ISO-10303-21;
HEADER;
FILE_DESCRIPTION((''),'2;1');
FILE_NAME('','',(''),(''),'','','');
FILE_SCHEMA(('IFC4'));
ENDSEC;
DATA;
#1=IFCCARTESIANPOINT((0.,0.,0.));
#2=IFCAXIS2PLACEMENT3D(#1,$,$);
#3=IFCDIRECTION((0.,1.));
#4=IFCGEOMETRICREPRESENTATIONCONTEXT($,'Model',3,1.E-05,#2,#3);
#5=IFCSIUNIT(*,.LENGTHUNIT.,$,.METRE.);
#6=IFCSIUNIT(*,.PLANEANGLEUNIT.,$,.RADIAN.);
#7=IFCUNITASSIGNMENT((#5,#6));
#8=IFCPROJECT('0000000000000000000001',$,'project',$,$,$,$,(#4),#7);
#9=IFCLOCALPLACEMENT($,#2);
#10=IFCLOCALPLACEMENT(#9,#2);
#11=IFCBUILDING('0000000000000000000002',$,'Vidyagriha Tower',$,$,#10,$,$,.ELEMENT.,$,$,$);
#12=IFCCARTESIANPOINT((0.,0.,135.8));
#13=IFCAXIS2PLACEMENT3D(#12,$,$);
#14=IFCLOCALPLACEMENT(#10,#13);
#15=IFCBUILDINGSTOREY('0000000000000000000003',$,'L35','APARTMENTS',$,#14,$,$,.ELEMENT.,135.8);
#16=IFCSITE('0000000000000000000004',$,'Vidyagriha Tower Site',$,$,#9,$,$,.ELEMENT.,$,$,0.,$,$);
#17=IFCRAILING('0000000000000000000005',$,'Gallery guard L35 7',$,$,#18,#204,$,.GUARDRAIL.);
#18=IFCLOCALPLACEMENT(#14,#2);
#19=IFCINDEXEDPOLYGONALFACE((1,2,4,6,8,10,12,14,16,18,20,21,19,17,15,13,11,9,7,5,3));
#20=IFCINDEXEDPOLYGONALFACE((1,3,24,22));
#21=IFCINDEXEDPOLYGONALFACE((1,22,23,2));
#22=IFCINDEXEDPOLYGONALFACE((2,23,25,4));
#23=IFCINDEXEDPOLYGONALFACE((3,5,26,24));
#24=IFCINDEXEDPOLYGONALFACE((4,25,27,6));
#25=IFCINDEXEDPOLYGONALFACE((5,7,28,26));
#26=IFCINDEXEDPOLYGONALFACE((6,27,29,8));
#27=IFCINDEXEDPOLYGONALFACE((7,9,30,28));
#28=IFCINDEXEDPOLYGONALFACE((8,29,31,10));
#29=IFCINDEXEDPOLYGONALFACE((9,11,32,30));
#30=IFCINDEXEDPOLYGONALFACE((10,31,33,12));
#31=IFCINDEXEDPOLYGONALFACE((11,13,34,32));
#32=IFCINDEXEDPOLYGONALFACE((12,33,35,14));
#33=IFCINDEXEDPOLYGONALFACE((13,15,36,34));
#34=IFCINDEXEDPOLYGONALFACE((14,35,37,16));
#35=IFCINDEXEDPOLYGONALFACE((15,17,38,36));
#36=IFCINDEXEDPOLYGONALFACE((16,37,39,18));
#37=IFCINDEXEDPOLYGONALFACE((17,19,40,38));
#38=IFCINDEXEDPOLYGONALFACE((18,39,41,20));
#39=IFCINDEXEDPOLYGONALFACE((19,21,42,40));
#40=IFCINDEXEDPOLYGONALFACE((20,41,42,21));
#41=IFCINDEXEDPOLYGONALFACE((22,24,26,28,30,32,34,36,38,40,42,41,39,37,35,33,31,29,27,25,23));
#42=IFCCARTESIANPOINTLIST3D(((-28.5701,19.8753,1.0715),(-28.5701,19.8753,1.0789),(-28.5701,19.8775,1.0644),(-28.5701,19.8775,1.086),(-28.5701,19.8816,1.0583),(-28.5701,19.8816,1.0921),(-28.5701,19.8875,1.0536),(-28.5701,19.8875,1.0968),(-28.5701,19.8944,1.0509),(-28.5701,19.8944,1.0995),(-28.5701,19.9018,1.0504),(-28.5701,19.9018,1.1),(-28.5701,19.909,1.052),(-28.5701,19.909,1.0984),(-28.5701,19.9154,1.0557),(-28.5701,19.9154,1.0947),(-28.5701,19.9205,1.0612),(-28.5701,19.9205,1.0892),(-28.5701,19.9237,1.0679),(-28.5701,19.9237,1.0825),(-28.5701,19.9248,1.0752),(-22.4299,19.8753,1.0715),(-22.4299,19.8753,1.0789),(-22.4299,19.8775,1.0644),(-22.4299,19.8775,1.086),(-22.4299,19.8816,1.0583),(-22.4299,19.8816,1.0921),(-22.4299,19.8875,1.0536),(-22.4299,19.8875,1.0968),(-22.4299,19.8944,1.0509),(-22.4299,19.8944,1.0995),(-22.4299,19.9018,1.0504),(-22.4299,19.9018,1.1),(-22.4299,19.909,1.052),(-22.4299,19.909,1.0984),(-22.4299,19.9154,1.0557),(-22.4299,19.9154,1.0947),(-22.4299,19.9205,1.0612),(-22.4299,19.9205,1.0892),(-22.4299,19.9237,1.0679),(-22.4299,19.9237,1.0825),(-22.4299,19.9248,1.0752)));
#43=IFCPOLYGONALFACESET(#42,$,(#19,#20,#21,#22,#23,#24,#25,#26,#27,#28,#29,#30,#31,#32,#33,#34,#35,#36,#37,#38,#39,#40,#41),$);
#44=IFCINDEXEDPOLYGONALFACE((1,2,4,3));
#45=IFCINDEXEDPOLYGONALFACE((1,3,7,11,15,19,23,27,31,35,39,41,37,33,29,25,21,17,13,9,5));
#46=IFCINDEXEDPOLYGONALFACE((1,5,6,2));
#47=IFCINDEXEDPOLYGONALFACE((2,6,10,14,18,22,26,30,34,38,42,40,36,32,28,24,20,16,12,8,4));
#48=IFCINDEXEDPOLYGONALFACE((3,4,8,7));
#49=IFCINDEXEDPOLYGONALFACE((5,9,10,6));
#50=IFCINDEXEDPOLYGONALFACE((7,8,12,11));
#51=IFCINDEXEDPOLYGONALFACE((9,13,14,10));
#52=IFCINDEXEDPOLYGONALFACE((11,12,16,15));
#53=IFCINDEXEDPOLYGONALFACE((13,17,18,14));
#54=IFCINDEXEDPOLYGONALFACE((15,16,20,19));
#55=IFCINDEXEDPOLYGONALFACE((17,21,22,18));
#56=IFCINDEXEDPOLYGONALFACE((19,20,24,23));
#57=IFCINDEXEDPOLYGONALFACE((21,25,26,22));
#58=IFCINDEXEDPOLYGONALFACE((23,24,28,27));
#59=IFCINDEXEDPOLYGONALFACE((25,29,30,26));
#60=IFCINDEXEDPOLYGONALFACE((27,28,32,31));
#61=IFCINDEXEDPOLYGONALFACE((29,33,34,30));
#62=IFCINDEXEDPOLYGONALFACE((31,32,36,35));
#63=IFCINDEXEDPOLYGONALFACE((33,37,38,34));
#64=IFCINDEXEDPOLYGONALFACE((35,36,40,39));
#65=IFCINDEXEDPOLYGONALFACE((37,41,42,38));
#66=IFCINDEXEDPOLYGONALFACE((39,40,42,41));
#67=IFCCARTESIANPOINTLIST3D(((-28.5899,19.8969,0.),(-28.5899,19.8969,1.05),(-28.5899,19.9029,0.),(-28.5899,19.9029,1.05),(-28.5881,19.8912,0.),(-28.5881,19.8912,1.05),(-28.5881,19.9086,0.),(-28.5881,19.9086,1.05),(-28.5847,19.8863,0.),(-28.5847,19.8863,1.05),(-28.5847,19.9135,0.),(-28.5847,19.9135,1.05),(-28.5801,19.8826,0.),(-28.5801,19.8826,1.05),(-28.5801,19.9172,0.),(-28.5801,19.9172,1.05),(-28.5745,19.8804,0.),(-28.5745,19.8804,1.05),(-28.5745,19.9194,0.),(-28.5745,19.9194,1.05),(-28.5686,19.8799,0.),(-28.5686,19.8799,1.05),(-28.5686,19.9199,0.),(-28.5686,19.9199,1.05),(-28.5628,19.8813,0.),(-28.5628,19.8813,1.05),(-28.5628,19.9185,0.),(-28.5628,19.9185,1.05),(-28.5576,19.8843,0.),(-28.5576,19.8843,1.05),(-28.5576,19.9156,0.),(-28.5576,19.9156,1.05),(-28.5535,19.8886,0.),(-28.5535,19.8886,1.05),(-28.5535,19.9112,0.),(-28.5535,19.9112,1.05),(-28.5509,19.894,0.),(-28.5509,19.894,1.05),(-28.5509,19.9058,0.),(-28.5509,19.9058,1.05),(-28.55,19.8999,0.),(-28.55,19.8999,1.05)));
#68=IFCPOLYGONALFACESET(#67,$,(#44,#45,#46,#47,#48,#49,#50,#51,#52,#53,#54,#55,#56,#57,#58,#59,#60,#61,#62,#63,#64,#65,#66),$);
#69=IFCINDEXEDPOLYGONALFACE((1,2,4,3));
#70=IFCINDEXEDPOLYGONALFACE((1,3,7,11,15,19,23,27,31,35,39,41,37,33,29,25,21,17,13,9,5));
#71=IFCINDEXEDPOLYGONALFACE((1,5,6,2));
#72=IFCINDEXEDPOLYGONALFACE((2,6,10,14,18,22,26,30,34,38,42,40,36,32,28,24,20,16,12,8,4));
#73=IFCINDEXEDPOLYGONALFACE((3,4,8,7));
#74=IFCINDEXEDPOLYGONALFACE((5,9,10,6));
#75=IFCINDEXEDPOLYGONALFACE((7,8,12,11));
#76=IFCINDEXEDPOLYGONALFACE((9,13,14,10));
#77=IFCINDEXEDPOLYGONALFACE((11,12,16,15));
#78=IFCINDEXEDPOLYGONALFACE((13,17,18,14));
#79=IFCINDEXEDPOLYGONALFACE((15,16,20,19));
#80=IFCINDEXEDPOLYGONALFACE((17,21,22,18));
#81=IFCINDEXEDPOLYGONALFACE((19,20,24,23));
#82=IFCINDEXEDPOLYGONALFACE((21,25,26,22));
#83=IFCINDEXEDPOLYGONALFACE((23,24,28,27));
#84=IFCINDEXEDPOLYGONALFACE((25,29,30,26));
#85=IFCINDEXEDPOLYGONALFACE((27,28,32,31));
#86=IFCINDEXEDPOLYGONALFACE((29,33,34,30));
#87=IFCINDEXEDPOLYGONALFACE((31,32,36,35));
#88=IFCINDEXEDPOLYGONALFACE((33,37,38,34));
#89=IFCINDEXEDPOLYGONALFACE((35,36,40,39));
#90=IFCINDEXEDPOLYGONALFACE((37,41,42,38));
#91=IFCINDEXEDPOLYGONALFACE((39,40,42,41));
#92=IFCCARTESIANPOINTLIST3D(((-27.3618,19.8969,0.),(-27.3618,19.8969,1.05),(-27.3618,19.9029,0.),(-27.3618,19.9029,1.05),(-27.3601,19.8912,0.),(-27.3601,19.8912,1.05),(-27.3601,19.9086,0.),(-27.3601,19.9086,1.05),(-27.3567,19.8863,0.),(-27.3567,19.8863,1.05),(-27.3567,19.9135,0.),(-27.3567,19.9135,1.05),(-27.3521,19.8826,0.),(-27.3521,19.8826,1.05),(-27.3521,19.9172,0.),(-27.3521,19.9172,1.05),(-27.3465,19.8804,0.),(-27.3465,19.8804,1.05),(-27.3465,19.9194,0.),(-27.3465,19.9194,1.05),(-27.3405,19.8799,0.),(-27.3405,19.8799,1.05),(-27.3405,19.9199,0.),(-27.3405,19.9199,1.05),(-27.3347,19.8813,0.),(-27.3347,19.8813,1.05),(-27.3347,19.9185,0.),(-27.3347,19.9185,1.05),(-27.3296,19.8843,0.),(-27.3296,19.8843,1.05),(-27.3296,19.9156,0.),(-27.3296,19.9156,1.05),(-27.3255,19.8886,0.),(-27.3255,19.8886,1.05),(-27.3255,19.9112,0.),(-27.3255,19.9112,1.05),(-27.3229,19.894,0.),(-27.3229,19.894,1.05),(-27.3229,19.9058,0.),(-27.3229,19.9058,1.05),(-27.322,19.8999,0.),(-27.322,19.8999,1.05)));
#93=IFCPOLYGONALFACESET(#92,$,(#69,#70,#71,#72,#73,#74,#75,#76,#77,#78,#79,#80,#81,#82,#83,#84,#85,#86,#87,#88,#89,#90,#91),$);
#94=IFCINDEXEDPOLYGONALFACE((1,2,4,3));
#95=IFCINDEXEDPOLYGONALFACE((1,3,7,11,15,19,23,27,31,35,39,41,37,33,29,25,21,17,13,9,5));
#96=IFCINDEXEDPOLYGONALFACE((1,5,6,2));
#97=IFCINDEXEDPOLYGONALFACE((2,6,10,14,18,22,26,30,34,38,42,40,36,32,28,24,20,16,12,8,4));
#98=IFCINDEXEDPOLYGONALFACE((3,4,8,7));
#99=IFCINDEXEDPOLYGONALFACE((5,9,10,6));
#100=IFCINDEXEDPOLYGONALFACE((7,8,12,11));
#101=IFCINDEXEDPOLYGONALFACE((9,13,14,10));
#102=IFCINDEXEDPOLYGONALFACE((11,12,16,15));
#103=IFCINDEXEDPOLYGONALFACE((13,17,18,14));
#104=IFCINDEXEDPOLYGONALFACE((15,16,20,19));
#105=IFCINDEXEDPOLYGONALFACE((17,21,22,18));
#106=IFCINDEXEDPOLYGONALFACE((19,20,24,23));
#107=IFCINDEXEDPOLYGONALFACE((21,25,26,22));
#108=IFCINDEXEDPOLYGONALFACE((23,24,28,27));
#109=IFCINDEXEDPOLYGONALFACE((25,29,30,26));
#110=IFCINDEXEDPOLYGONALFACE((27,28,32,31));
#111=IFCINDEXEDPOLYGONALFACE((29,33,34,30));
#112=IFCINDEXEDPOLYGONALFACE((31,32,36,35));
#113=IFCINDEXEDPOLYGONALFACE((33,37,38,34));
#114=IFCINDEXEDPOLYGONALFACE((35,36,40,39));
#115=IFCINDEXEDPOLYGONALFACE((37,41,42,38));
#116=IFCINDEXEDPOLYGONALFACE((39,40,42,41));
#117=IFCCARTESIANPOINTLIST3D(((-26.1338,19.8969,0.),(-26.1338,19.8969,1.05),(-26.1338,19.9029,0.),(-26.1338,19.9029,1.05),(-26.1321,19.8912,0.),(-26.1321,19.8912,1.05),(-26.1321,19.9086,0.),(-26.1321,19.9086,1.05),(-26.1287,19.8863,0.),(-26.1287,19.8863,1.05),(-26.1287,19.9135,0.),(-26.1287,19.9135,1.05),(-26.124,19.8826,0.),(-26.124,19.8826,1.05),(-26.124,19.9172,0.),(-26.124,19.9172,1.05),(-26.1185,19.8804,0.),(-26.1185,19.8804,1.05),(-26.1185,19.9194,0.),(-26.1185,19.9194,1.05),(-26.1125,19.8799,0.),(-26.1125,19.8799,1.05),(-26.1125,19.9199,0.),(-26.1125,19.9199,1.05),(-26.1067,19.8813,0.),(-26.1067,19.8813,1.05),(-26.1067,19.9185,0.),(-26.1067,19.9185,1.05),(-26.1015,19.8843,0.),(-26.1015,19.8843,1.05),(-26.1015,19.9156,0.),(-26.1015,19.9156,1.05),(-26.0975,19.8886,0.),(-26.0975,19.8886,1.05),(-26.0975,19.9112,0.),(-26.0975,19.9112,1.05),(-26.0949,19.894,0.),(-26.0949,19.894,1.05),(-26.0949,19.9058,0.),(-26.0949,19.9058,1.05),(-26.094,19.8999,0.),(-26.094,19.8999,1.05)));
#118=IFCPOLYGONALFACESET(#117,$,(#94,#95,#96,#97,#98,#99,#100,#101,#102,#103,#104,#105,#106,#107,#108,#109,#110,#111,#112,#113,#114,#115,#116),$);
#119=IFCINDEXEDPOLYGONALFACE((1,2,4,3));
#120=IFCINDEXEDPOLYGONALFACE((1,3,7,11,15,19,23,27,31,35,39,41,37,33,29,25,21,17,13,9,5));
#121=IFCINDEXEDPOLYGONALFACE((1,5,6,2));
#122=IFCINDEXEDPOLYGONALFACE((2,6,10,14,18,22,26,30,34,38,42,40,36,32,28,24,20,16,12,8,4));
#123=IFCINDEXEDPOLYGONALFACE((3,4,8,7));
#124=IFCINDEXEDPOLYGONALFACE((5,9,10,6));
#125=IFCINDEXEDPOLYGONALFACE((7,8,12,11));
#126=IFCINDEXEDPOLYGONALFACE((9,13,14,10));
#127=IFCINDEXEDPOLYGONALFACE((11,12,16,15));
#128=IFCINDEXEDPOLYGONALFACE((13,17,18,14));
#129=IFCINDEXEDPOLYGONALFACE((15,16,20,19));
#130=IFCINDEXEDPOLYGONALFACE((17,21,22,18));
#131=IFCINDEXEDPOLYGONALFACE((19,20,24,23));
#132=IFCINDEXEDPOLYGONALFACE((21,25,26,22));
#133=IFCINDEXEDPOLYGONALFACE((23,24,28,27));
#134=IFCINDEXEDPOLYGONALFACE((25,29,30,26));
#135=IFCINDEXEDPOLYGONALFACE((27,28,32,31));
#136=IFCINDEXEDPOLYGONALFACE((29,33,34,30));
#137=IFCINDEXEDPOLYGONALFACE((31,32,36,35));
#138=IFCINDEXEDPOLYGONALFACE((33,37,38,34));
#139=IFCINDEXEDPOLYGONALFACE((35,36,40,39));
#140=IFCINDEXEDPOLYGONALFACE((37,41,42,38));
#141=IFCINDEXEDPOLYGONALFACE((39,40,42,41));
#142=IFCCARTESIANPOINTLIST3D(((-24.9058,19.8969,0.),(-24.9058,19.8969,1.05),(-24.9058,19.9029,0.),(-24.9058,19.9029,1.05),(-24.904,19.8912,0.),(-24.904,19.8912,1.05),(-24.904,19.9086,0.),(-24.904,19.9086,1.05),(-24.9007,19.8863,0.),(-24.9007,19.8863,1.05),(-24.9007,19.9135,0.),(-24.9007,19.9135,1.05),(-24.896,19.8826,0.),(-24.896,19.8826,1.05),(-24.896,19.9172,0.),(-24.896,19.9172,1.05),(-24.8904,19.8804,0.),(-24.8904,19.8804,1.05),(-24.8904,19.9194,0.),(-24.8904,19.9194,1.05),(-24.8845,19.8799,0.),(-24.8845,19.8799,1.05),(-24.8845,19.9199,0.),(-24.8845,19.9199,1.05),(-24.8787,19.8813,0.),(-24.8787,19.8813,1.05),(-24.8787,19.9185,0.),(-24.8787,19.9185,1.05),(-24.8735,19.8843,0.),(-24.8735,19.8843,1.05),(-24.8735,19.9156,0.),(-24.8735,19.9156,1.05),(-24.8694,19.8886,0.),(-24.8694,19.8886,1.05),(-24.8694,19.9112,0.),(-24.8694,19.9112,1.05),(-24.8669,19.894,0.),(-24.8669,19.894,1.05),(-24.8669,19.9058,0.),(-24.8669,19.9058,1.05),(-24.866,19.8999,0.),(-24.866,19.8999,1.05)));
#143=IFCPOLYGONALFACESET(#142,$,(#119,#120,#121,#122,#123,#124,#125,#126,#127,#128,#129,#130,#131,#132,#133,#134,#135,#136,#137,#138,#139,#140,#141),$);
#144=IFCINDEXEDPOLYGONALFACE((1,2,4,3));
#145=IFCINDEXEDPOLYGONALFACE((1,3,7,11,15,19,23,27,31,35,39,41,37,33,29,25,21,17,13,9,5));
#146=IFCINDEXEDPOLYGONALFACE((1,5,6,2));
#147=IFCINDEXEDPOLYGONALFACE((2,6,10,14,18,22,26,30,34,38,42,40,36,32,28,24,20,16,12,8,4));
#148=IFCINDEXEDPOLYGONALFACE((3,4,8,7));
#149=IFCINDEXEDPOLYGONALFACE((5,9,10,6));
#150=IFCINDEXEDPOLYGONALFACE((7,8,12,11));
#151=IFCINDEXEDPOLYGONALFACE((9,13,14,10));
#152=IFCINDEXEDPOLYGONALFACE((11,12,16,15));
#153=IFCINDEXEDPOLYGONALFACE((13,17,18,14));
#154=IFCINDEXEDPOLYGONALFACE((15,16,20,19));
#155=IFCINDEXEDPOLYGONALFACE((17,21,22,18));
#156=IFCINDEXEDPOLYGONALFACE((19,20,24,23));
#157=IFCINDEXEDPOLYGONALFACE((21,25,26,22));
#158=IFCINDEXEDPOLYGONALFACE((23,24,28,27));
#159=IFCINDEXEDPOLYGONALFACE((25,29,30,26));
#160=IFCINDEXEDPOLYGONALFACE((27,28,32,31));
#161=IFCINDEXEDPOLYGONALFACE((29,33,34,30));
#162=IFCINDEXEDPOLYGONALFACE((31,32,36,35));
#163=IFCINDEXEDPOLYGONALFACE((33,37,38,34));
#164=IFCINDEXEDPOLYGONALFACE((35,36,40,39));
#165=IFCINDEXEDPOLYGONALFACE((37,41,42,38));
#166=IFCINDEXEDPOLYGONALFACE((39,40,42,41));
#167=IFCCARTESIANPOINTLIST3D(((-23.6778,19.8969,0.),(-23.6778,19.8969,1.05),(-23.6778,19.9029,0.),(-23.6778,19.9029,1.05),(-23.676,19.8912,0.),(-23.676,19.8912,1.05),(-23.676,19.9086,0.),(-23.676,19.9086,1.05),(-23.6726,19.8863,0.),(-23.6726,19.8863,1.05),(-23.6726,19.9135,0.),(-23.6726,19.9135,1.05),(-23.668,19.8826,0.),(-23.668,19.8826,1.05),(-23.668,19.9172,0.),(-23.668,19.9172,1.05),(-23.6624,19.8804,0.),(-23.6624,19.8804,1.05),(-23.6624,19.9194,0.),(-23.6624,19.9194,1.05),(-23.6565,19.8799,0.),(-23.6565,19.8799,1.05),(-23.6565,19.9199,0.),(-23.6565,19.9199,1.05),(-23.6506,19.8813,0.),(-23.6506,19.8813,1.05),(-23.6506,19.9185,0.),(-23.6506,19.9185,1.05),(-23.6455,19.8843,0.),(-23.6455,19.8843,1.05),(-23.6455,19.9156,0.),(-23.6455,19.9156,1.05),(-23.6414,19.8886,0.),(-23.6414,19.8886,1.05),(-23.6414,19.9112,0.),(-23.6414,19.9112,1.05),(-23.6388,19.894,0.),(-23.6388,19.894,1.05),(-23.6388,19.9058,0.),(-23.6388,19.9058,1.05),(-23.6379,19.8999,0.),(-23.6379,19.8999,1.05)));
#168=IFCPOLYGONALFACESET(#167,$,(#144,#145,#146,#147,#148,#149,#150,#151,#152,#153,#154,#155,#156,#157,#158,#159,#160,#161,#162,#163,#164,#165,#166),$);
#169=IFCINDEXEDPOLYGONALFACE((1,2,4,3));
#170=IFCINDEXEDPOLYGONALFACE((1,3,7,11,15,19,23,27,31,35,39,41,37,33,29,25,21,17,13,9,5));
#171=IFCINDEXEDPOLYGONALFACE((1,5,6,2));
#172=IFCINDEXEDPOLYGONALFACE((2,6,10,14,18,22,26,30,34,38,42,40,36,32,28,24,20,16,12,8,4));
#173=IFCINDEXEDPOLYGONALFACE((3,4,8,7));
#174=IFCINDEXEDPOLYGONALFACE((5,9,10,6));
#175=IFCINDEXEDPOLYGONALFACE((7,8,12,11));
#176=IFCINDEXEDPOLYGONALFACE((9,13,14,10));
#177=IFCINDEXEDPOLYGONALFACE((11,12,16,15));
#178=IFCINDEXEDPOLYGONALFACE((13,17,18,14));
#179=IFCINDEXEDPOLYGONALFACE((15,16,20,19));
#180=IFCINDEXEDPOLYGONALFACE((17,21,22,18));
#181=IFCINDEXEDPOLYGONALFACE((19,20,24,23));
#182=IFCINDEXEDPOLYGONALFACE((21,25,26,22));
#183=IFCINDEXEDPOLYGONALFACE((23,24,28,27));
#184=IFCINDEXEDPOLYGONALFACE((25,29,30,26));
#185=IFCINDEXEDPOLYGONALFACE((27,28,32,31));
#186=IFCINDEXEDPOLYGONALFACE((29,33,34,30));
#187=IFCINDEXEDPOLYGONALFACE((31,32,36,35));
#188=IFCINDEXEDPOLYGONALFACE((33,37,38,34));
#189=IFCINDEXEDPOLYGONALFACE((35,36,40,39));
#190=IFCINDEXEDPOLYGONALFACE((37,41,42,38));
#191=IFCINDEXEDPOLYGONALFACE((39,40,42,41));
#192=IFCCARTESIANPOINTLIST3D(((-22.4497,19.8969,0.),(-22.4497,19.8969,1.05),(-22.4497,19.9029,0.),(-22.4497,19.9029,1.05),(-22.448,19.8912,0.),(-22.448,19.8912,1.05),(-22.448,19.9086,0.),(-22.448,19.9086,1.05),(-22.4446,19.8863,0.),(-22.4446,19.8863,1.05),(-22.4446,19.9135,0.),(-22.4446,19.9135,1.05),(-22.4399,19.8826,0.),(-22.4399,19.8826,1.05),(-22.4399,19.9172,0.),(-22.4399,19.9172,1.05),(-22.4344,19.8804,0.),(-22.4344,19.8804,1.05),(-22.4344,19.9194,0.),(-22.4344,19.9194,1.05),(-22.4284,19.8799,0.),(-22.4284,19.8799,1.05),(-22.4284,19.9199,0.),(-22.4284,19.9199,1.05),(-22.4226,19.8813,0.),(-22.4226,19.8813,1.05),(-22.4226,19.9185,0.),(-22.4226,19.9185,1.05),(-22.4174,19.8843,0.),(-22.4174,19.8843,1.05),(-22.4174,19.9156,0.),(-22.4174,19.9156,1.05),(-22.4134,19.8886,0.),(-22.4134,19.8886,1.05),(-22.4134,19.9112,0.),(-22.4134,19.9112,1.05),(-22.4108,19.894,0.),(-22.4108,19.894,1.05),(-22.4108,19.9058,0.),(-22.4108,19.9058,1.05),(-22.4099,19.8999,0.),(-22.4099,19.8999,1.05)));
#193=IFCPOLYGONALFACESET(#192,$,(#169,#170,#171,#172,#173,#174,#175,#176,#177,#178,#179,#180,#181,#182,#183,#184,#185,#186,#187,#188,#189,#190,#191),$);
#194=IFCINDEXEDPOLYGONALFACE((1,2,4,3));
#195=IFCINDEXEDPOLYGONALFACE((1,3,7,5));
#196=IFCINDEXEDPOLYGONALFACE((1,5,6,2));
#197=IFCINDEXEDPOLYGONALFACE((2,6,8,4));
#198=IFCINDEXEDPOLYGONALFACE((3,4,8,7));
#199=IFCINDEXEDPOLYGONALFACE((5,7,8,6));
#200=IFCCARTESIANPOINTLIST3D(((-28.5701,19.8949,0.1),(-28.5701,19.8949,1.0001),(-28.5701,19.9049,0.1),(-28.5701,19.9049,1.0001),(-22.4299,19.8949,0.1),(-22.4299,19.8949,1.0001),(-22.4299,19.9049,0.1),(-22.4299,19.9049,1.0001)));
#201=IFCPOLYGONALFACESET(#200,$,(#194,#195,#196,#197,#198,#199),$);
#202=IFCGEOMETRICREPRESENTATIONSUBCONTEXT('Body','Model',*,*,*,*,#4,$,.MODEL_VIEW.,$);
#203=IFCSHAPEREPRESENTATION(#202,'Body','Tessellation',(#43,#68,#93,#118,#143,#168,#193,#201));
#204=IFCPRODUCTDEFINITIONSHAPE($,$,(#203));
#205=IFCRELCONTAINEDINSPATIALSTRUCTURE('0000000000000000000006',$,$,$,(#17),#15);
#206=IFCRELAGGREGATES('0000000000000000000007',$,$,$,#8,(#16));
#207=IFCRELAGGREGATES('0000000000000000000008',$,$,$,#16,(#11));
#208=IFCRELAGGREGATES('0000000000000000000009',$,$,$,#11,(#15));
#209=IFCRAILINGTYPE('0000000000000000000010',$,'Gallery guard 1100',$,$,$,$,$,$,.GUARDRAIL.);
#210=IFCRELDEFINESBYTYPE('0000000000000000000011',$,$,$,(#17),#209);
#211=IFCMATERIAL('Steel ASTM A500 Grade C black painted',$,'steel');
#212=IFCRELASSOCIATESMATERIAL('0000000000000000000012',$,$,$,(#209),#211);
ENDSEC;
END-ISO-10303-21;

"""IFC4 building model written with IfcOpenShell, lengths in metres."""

from ifc_helpers import new_model, si_unit, direction, frame, origin, origin_2d, place, context, subcontext, project, spatial, rectangle, circle, extrude, material, type_object, element, save


model = new_model("IFC4")

# Units and contexts
model_context = context("Model", 3, precision=1e-05, world=origin(), true_north=direction((0.0, 1.0)))
body_context = subcontext(model_context, "Body", "Model", "MODEL_VIEW")
ifc_project = project(units=[si_unit("LENGTHUNIT", "METRE"), si_unit("PLANEANGLEUNIT", "RADIAN")], contexts=[model_context])

# Site, building, storey
site_placement = place(None, origin())
site = spatial("IfcSite", under=ifc_project, at=site_placement, Name="Vidyagriha Tower Site", CompositionType="ELEMENT", RefElevation=0.0)
building_placement = place(site_placement, origin())
building = spatial("IfcBuilding", under=site, at=building_placement, Name="Vidyagriha Tower", CompositionType="ELEMENT")
storey_placement = place(building_placement, frame((0.0, 0.0, 135.8)))
storey = spatial("IfcBuildingStorey", under=building, at=storey_placement, Name="L35", Description="APARTMENTS", CompositionType="ELEMENT", Elevation=135.8)

# Railing
ifc_material_1 = material(Name="Steel ASTM A500 Grade C black painted", Category="steel")
railing_type = type_object("IfcRailingType", Name="Gallery guard 1100", PredefinedType="GUARDRAIL", material=ifc_material_1)
railing_1_placement = place(storey_placement, frame((-28.5701, 19.8999, 0.0)))
element("IfcRailing", 1, at=railing_1_placement, inside=storey, type_object=railing_type, Name="Gallery guard L35 7", PredefinedType="GUARDRAIL", context=body_context, shape_type="SweptSolid", body=[
    extrude(circle(Radius=0.0249, at=origin_2d()), frame((0.0, 0.0, 1.0752), z_axis=(1.0, 0.0, 0.0), x_axis=(0.0, 1.0, 0.0)), (0.0, 0.0, 1.0), 6.1401),
    extrude(circle(Radius=0.02, at=origin_2d()), origin(), (0.0, 0.0, 1.0), 1.05),
    extrude(circle(Radius=0.02, at=origin_2d()), frame((1.228, 0.0, 0.0)), (0.0, 0.0, 1.0), 1.05),
    extrude(circle(Radius=0.02, at=origin_2d()), frame((2.4561, 0.0, 0.0)), (0.0, 0.0, 1.0), 1.05),
    extrude(circle(Radius=0.02, at=origin_2d()), frame((3.6841, 0.0, 0.0)), (0.0, 0.0, 1.0), 1.05),
    extrude(circle(Radius=0.02, at=origin_2d()), frame((4.9121, 0.0, 0.0)), (0.0, 0.0, 1.0), 1.05),
    extrude(circle(Radius=0.02, at=origin_2d()), frame((6.1401, 0.0, 0.0)), (0.0, 0.0, 1.0), 1.05),
    extrude(rectangle(XDim=0.01, YDim=0.9001, at=origin_2d()), frame((0.0, 0.0, 0.55), z_axis=(1.0, 0.0, 0.0), x_axis=(0.0, 1.0, 0.0)), (0.0, 0.0, 1.0), 6.1401),
])

save(model, "model.ifc")
